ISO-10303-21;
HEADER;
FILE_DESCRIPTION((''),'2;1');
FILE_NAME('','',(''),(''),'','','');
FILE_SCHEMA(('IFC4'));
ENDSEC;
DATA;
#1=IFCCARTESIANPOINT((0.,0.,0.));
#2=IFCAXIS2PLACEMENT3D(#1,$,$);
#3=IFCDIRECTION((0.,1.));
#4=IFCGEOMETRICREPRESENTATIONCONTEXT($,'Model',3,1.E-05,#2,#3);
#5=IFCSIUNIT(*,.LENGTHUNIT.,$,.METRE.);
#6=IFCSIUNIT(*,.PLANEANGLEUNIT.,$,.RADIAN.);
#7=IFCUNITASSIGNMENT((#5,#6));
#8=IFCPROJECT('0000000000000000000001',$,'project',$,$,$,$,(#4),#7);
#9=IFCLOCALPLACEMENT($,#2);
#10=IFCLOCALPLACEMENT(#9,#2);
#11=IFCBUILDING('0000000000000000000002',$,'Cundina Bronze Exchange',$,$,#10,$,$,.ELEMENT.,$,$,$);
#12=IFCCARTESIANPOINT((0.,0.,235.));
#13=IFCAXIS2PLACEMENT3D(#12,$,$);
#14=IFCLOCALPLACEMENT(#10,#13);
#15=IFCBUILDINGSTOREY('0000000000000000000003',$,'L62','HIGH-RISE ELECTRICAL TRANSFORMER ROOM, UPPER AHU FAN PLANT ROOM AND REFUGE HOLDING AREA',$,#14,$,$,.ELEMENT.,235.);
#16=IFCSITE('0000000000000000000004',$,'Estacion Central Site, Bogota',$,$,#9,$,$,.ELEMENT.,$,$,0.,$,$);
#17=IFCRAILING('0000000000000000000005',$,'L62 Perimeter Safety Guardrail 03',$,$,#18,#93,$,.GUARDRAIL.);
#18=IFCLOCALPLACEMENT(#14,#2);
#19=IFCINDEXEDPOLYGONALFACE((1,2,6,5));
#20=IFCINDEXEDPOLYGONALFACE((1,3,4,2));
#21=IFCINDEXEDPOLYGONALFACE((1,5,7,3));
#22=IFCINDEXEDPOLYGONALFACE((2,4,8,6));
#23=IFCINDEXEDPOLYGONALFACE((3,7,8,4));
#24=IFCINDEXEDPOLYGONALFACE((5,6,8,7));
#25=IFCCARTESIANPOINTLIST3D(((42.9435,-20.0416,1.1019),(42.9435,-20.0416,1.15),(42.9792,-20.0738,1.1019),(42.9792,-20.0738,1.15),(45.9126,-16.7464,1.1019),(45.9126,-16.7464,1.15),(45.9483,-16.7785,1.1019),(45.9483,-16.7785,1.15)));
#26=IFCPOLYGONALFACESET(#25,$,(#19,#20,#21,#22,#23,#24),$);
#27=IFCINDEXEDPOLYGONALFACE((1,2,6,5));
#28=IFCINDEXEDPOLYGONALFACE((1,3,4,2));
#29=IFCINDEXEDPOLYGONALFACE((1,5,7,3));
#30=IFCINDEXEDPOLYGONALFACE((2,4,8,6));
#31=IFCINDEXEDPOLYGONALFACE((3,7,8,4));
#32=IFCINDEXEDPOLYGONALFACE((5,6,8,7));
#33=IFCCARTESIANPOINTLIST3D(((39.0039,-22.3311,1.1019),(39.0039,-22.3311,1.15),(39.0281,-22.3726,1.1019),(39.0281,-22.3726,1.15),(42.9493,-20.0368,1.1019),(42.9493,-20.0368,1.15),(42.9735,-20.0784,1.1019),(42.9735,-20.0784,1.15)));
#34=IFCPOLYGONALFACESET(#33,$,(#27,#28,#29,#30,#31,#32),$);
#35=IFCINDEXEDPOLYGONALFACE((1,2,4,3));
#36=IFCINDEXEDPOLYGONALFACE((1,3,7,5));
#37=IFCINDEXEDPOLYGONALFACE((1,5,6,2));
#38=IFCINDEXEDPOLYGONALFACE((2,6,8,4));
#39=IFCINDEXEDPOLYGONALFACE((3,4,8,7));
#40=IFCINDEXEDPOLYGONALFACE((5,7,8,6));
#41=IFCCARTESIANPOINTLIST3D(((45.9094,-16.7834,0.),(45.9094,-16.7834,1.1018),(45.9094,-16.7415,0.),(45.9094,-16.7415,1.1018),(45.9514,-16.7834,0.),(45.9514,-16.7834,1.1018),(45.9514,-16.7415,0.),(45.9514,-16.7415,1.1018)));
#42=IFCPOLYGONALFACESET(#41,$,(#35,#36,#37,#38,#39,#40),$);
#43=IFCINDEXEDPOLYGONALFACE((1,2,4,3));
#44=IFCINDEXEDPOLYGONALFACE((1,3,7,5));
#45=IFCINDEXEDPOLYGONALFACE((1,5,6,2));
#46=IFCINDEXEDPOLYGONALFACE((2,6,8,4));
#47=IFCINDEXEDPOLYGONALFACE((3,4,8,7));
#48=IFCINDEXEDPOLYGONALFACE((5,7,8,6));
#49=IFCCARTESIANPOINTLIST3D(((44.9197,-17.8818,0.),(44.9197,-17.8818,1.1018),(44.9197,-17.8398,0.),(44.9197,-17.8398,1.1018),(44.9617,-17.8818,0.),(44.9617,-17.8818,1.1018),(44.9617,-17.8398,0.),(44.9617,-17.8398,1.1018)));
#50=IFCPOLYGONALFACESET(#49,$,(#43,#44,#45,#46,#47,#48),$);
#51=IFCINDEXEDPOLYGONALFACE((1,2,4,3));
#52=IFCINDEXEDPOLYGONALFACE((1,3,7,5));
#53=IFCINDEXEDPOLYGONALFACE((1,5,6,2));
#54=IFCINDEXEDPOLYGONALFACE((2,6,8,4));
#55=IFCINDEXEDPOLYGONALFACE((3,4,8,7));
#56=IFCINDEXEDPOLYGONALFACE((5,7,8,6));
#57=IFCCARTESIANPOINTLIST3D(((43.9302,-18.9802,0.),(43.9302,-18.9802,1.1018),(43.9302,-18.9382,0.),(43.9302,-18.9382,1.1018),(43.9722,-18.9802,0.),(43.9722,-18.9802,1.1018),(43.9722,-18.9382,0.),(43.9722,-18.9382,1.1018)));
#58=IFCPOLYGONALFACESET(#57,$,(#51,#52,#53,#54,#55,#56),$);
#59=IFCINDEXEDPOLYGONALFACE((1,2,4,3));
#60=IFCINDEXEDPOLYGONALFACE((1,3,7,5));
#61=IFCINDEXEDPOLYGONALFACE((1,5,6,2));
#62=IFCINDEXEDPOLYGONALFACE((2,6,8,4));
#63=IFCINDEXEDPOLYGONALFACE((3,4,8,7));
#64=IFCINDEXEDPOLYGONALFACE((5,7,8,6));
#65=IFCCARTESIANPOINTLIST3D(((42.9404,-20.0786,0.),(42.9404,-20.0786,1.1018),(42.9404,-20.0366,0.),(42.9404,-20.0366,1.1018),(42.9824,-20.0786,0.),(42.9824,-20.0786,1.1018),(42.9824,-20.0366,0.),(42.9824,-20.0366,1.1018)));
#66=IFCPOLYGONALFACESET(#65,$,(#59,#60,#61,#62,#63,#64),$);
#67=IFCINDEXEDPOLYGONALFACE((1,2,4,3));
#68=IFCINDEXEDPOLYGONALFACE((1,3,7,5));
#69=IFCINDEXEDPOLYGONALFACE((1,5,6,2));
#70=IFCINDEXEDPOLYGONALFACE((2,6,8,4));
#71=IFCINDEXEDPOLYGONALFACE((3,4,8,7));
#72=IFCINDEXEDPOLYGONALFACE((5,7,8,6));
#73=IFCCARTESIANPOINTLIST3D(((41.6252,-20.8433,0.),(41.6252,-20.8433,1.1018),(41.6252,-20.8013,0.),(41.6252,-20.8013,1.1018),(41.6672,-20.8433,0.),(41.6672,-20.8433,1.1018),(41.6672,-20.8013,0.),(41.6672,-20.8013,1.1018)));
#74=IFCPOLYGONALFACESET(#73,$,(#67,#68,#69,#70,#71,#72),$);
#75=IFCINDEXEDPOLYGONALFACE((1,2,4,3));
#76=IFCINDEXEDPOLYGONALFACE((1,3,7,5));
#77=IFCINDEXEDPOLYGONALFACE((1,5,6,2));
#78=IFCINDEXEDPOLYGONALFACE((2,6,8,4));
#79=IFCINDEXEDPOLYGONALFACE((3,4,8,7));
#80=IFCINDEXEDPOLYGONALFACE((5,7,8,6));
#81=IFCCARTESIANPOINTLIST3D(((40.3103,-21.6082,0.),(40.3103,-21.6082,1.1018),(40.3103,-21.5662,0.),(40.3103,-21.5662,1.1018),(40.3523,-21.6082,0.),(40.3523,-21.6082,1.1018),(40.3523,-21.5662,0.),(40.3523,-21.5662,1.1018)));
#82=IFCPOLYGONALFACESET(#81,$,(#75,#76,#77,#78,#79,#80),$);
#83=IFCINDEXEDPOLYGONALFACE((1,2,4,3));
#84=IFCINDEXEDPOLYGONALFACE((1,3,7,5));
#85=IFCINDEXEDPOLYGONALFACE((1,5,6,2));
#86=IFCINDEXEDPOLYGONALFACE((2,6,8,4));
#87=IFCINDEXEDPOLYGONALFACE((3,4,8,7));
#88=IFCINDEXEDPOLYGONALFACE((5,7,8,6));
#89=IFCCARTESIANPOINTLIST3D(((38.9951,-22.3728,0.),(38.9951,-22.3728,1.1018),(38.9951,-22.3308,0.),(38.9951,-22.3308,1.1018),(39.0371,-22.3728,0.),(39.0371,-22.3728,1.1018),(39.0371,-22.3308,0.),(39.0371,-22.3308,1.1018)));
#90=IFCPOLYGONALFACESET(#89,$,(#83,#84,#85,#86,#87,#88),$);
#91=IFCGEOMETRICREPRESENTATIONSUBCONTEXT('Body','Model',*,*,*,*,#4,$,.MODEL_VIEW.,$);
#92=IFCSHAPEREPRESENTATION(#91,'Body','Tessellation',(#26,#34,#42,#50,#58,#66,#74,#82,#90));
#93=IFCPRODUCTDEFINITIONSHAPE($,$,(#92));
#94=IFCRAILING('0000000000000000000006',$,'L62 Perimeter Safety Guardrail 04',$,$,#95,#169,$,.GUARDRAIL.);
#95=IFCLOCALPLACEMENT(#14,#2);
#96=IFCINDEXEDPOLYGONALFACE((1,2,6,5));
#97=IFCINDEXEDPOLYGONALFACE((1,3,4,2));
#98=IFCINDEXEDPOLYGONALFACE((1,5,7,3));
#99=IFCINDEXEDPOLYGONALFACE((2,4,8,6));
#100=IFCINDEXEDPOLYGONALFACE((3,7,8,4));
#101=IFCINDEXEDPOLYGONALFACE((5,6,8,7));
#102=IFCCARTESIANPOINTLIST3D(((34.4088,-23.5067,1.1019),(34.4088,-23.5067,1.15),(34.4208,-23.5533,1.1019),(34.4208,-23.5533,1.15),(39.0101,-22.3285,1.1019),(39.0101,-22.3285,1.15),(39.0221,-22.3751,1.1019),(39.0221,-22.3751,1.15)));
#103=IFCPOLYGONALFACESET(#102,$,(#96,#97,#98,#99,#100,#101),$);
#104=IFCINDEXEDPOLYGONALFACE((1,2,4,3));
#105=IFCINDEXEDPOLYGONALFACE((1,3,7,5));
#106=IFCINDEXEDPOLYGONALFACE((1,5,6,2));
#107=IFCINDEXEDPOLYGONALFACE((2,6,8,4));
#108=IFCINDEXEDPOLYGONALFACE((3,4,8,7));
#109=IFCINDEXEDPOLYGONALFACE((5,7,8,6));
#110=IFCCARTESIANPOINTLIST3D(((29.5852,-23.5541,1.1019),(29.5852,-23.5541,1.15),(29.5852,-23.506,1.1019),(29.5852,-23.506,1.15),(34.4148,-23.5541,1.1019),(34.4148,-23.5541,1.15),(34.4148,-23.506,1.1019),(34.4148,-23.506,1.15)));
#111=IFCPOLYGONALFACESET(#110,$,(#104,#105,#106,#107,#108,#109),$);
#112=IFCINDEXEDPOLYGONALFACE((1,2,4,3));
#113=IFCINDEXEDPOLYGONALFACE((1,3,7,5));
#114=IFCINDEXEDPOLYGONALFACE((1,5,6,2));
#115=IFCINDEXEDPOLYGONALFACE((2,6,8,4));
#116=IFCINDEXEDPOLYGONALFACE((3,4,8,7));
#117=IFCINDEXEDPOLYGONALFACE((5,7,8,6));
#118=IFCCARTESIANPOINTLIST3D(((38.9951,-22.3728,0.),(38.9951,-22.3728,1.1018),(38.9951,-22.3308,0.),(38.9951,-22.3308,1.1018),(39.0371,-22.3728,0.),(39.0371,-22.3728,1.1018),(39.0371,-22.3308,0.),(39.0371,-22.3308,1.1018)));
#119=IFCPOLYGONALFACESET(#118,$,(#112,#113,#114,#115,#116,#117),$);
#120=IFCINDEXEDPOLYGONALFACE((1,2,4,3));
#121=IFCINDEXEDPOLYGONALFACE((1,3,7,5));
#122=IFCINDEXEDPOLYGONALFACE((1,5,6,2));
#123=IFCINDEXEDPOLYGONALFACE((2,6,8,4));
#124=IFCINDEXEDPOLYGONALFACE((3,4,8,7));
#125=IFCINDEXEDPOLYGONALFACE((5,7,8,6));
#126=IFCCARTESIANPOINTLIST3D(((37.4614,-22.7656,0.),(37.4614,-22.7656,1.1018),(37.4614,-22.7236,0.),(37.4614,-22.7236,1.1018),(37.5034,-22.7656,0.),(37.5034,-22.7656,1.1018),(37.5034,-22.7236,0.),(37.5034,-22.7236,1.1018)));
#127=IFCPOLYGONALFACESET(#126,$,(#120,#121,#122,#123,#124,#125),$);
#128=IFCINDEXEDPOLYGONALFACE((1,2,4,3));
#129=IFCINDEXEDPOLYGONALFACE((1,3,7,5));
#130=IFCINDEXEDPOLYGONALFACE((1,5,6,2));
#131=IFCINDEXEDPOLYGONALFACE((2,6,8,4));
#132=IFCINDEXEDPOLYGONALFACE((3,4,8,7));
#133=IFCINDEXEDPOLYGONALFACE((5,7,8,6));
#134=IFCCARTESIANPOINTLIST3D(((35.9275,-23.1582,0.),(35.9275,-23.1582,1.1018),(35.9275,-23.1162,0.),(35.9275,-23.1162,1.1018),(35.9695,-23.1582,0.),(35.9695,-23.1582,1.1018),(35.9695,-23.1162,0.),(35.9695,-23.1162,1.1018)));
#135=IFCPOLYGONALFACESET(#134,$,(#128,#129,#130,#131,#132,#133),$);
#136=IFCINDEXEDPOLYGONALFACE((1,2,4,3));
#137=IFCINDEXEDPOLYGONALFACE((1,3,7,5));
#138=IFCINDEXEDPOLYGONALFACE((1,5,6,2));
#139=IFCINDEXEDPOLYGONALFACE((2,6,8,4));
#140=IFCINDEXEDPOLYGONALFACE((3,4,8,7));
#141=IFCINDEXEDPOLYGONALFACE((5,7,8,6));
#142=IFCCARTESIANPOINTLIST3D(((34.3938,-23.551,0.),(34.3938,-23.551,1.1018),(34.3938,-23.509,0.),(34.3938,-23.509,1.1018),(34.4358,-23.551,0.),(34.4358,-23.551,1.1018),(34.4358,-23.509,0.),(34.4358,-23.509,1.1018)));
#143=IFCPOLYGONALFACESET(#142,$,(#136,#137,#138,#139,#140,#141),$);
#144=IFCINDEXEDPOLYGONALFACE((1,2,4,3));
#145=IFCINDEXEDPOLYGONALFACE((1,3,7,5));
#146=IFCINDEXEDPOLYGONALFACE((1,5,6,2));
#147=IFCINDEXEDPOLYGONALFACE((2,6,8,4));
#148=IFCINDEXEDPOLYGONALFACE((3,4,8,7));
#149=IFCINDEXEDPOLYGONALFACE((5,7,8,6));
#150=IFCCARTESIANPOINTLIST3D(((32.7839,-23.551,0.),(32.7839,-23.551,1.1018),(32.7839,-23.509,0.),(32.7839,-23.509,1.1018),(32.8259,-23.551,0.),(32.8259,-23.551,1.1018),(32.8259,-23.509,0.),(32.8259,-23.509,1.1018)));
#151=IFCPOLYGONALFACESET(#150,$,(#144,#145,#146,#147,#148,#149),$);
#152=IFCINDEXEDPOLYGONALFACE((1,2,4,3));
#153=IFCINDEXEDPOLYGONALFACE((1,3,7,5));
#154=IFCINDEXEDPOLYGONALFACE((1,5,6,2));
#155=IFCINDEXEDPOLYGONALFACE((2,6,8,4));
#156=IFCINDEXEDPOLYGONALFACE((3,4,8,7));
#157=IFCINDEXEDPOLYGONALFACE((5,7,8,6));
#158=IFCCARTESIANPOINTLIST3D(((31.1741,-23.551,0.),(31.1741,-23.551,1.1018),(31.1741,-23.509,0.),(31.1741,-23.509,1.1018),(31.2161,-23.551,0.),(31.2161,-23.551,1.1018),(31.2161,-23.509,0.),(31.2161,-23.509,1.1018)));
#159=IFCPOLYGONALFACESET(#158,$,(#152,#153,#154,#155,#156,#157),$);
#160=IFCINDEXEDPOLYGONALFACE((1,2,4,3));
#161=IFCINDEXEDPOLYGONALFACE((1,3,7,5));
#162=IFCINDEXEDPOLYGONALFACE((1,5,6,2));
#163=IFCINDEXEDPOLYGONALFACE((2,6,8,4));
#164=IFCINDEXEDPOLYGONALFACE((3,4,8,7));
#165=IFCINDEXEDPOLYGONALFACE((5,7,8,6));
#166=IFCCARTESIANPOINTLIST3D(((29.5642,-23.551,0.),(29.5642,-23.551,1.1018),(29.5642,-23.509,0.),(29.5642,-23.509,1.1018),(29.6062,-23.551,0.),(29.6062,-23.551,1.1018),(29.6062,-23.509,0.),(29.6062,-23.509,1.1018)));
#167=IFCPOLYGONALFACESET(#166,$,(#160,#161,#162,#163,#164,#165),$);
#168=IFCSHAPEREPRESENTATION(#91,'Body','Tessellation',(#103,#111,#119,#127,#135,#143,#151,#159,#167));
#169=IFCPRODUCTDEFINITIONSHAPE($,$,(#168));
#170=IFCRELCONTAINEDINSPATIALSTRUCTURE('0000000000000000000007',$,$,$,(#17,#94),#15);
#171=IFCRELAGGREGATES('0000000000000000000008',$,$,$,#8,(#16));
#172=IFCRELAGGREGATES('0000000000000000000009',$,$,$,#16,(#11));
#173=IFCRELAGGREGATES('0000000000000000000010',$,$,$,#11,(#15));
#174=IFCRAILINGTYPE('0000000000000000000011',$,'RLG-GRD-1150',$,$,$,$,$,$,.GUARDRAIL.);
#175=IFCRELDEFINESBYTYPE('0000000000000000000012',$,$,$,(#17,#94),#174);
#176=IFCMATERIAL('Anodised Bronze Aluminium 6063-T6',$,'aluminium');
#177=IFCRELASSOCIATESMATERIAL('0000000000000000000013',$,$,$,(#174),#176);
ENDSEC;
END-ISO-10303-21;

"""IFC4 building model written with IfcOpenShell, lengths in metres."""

from ifc_helpers import new_model, si_unit, direction, frame, origin, origin_2d, place, context, subcontext, project, spatial, rectangle, extrude, material, type_object, element, save


model = new_model("IFC4")

# Units and contexts
model_context = context("Model", 3, precision=1e-05, world=origin(), true_north=direction((0.0, 1.0)))
body_context = subcontext(model_context, "Body", "Model", "MODEL_VIEW")
ifc_project = project(units=[si_unit("LENGTHUNIT", "METRE"), si_unit("PLANEANGLEUNIT", "RADIAN")], contexts=[model_context])

# Site, building, storey
site_placement = place(None, origin())
site = spatial("IfcSite", under=ifc_project, at=site_placement, Name="Estacion Central Site, Bogota", CompositionType="ELEMENT", RefElevation=0.0)
building_placement = place(site_placement, origin())
building = spatial("IfcBuilding", under=site, at=building_placement, Name="Cundina Bronze Exchange", CompositionType="ELEMENT")
storey_placement = place(building_placement, frame((0.0, 0.0, 235.0)))
storey = spatial("IfcBuildingStorey", under=building, at=storey_placement, Name="L62", Description="HIGH-RISE ELECTRICAL TRANSFORMER ROOM, UPPER AHU FAN PLANT ROOM AND REFUGE HOLDING AREA", CompositionType="ELEMENT", Elevation=235.0)

# Railings
ifc_material_1 = material(Name="Anodised Bronze Aluminium 6063-T6", Category="aluminium")
railing_type = type_object("IfcRailingType", Name="RLG-GRD-1150", PredefinedType="GUARDRAIL", material=ifc_material_1)
railing_1_placement = place(storey_placement, frame((45.9304, -16.7625, 0.0)))
element("IfcRailing", 1, at=railing_1_placement, inside=storey, type_object=railing_type, Name="L62 Perimeter Safety Guardrail 03", PredefinedType="GUARDRAIL", context=body_context, shape_type="SweptSolid", body=[
    extrude(rectangle(XDim=0.0481, YDim=0.0481, at=origin_2d()), frame((0.0, 0.0, 1.126), z_axis=(-0.669381, -0.742919, 0.0), x_axis=(0.742919, -0.669381, 0.0)), (0.0, 0.0, 1.0), 4.4355),
    extrude(rectangle(XDim=0.0481, YDim=0.0481, at=origin_2d()), frame((-2.969, -3.2952, 1.126), z_axis=(-0.864469, -0.502686, 0.0), x_axis=(0.502686, -0.864469, 0.0)), (0.0, 0.0, 1.0), 4.564),
    extrude(rectangle(XDim=0.042, YDim=0.042, at=origin_2d()), origin(), (0.0, 0.0, 1.0), 1.1018),
    extrude(rectangle(XDim=0.042, YDim=0.042, at=origin_2d()), frame((-0.9897, -1.0984, 0.0)), (0.0, 0.0, 1.0), 1.1018),
    extrude(rectangle(XDim=0.042, YDim=0.042, at=origin_2d()), frame((-1.9792, -2.1968, 0.0)), (0.0, 0.0, 1.0), 1.1018),
    extrude(rectangle(XDim=0.042, YDim=0.042, at=origin_2d()), frame((-2.969, -3.2952, 0.0)), (0.0, 0.0, 1.0), 1.1018),
    extrude(rectangle(XDim=0.042, YDim=0.042, at=origin_2d()), frame((-4.2842, -4.0598, 0.0)), (0.0, 0.0, 1.0), 1.1018),
    extrude(rectangle(XDim=0.042, YDim=0.042, at=origin_2d()), frame((-5.5991, -4.8247, 0.0)), (0.0, 0.0, 1.0), 1.1018),
    extrude(rectangle(XDim=0.042, YDim=0.042, at=origin_2d()), frame((-6.9143, -5.5894, 0.0)), (0.0, 0.0, 1.0), 1.1018),
])
railing_2_placement = place(storey_placement, frame((39.0161, -22.3518, 0.0)))
element("IfcRailing", 2, at=railing_2_placement, inside=storey, type_object=railing_type, Name="L62 Perimeter Safety Guardrail 04", PredefinedType="GUARDRAIL", context=body_context, shape_type="SweptSolid", body=[
    extrude(rectangle(XDim=0.0481, YDim=0.0481, at=origin_2d()), frame((0.0, 0.0, 1.126), z_axis=(-0.968745, -0.248059, 0.0), x_axis=(0.248059, -0.968745, 0.0)), (0.0, 0.0, 1.0), 4.7498),
    extrude(rectangle(XDim=0.0481, YDim=0.0481, at=origin_2d()), frame((-4.6013, -1.1782, 1.126), z_axis=(-1.0, 0.0, 0.0), x_axis=(0.0, -1.0, 0.0)), (0.0, 0.0, 1.0), 4.8296),
    extrude(rectangle(XDim=0.042, YDim=0.042, at=origin_2d()), origin(), (0.0, 0.0, 1.0), 1.1018),
    extrude(rectangle(XDim=0.042, YDim=0.042, at=origin_2d()), frame((-1.5337, -0.3928, 0.0)), (0.0, 0.0, 1.0), 1.1018),
    extrude(rectangle(XDim=0.042, YDim=0.042, at=origin_2d()), frame((-3.0676, -0.7854, 0.0)), (0.0, 0.0, 1.0), 1.1018),
    extrude(rectangle(XDim=0.042, YDim=0.042, at=origin_2d()), frame((-4.6013, -1.1782, 0.0)), (0.0, 0.0, 1.0), 1.1018),
    extrude(rectangle(XDim=0.042, YDim=0.042, at=origin_2d()), frame((-6.2112, -1.1782, 0.0)), (0.0, 0.0, 1.0), 1.1018),
    extrude(rectangle(XDim=0.042, YDim=0.042, at=origin_2d()), frame((-7.821, -1.1782, 0.0)), (0.0, 0.0, 1.0), 1.1018),
    extrude(rectangle(XDim=0.042, YDim=0.042, at=origin_2d()), frame((-9.4309, -1.1782, 0.0)), (0.0, 0.0, 1.0), 1.1018),
])

save(model, "model.ifc")
